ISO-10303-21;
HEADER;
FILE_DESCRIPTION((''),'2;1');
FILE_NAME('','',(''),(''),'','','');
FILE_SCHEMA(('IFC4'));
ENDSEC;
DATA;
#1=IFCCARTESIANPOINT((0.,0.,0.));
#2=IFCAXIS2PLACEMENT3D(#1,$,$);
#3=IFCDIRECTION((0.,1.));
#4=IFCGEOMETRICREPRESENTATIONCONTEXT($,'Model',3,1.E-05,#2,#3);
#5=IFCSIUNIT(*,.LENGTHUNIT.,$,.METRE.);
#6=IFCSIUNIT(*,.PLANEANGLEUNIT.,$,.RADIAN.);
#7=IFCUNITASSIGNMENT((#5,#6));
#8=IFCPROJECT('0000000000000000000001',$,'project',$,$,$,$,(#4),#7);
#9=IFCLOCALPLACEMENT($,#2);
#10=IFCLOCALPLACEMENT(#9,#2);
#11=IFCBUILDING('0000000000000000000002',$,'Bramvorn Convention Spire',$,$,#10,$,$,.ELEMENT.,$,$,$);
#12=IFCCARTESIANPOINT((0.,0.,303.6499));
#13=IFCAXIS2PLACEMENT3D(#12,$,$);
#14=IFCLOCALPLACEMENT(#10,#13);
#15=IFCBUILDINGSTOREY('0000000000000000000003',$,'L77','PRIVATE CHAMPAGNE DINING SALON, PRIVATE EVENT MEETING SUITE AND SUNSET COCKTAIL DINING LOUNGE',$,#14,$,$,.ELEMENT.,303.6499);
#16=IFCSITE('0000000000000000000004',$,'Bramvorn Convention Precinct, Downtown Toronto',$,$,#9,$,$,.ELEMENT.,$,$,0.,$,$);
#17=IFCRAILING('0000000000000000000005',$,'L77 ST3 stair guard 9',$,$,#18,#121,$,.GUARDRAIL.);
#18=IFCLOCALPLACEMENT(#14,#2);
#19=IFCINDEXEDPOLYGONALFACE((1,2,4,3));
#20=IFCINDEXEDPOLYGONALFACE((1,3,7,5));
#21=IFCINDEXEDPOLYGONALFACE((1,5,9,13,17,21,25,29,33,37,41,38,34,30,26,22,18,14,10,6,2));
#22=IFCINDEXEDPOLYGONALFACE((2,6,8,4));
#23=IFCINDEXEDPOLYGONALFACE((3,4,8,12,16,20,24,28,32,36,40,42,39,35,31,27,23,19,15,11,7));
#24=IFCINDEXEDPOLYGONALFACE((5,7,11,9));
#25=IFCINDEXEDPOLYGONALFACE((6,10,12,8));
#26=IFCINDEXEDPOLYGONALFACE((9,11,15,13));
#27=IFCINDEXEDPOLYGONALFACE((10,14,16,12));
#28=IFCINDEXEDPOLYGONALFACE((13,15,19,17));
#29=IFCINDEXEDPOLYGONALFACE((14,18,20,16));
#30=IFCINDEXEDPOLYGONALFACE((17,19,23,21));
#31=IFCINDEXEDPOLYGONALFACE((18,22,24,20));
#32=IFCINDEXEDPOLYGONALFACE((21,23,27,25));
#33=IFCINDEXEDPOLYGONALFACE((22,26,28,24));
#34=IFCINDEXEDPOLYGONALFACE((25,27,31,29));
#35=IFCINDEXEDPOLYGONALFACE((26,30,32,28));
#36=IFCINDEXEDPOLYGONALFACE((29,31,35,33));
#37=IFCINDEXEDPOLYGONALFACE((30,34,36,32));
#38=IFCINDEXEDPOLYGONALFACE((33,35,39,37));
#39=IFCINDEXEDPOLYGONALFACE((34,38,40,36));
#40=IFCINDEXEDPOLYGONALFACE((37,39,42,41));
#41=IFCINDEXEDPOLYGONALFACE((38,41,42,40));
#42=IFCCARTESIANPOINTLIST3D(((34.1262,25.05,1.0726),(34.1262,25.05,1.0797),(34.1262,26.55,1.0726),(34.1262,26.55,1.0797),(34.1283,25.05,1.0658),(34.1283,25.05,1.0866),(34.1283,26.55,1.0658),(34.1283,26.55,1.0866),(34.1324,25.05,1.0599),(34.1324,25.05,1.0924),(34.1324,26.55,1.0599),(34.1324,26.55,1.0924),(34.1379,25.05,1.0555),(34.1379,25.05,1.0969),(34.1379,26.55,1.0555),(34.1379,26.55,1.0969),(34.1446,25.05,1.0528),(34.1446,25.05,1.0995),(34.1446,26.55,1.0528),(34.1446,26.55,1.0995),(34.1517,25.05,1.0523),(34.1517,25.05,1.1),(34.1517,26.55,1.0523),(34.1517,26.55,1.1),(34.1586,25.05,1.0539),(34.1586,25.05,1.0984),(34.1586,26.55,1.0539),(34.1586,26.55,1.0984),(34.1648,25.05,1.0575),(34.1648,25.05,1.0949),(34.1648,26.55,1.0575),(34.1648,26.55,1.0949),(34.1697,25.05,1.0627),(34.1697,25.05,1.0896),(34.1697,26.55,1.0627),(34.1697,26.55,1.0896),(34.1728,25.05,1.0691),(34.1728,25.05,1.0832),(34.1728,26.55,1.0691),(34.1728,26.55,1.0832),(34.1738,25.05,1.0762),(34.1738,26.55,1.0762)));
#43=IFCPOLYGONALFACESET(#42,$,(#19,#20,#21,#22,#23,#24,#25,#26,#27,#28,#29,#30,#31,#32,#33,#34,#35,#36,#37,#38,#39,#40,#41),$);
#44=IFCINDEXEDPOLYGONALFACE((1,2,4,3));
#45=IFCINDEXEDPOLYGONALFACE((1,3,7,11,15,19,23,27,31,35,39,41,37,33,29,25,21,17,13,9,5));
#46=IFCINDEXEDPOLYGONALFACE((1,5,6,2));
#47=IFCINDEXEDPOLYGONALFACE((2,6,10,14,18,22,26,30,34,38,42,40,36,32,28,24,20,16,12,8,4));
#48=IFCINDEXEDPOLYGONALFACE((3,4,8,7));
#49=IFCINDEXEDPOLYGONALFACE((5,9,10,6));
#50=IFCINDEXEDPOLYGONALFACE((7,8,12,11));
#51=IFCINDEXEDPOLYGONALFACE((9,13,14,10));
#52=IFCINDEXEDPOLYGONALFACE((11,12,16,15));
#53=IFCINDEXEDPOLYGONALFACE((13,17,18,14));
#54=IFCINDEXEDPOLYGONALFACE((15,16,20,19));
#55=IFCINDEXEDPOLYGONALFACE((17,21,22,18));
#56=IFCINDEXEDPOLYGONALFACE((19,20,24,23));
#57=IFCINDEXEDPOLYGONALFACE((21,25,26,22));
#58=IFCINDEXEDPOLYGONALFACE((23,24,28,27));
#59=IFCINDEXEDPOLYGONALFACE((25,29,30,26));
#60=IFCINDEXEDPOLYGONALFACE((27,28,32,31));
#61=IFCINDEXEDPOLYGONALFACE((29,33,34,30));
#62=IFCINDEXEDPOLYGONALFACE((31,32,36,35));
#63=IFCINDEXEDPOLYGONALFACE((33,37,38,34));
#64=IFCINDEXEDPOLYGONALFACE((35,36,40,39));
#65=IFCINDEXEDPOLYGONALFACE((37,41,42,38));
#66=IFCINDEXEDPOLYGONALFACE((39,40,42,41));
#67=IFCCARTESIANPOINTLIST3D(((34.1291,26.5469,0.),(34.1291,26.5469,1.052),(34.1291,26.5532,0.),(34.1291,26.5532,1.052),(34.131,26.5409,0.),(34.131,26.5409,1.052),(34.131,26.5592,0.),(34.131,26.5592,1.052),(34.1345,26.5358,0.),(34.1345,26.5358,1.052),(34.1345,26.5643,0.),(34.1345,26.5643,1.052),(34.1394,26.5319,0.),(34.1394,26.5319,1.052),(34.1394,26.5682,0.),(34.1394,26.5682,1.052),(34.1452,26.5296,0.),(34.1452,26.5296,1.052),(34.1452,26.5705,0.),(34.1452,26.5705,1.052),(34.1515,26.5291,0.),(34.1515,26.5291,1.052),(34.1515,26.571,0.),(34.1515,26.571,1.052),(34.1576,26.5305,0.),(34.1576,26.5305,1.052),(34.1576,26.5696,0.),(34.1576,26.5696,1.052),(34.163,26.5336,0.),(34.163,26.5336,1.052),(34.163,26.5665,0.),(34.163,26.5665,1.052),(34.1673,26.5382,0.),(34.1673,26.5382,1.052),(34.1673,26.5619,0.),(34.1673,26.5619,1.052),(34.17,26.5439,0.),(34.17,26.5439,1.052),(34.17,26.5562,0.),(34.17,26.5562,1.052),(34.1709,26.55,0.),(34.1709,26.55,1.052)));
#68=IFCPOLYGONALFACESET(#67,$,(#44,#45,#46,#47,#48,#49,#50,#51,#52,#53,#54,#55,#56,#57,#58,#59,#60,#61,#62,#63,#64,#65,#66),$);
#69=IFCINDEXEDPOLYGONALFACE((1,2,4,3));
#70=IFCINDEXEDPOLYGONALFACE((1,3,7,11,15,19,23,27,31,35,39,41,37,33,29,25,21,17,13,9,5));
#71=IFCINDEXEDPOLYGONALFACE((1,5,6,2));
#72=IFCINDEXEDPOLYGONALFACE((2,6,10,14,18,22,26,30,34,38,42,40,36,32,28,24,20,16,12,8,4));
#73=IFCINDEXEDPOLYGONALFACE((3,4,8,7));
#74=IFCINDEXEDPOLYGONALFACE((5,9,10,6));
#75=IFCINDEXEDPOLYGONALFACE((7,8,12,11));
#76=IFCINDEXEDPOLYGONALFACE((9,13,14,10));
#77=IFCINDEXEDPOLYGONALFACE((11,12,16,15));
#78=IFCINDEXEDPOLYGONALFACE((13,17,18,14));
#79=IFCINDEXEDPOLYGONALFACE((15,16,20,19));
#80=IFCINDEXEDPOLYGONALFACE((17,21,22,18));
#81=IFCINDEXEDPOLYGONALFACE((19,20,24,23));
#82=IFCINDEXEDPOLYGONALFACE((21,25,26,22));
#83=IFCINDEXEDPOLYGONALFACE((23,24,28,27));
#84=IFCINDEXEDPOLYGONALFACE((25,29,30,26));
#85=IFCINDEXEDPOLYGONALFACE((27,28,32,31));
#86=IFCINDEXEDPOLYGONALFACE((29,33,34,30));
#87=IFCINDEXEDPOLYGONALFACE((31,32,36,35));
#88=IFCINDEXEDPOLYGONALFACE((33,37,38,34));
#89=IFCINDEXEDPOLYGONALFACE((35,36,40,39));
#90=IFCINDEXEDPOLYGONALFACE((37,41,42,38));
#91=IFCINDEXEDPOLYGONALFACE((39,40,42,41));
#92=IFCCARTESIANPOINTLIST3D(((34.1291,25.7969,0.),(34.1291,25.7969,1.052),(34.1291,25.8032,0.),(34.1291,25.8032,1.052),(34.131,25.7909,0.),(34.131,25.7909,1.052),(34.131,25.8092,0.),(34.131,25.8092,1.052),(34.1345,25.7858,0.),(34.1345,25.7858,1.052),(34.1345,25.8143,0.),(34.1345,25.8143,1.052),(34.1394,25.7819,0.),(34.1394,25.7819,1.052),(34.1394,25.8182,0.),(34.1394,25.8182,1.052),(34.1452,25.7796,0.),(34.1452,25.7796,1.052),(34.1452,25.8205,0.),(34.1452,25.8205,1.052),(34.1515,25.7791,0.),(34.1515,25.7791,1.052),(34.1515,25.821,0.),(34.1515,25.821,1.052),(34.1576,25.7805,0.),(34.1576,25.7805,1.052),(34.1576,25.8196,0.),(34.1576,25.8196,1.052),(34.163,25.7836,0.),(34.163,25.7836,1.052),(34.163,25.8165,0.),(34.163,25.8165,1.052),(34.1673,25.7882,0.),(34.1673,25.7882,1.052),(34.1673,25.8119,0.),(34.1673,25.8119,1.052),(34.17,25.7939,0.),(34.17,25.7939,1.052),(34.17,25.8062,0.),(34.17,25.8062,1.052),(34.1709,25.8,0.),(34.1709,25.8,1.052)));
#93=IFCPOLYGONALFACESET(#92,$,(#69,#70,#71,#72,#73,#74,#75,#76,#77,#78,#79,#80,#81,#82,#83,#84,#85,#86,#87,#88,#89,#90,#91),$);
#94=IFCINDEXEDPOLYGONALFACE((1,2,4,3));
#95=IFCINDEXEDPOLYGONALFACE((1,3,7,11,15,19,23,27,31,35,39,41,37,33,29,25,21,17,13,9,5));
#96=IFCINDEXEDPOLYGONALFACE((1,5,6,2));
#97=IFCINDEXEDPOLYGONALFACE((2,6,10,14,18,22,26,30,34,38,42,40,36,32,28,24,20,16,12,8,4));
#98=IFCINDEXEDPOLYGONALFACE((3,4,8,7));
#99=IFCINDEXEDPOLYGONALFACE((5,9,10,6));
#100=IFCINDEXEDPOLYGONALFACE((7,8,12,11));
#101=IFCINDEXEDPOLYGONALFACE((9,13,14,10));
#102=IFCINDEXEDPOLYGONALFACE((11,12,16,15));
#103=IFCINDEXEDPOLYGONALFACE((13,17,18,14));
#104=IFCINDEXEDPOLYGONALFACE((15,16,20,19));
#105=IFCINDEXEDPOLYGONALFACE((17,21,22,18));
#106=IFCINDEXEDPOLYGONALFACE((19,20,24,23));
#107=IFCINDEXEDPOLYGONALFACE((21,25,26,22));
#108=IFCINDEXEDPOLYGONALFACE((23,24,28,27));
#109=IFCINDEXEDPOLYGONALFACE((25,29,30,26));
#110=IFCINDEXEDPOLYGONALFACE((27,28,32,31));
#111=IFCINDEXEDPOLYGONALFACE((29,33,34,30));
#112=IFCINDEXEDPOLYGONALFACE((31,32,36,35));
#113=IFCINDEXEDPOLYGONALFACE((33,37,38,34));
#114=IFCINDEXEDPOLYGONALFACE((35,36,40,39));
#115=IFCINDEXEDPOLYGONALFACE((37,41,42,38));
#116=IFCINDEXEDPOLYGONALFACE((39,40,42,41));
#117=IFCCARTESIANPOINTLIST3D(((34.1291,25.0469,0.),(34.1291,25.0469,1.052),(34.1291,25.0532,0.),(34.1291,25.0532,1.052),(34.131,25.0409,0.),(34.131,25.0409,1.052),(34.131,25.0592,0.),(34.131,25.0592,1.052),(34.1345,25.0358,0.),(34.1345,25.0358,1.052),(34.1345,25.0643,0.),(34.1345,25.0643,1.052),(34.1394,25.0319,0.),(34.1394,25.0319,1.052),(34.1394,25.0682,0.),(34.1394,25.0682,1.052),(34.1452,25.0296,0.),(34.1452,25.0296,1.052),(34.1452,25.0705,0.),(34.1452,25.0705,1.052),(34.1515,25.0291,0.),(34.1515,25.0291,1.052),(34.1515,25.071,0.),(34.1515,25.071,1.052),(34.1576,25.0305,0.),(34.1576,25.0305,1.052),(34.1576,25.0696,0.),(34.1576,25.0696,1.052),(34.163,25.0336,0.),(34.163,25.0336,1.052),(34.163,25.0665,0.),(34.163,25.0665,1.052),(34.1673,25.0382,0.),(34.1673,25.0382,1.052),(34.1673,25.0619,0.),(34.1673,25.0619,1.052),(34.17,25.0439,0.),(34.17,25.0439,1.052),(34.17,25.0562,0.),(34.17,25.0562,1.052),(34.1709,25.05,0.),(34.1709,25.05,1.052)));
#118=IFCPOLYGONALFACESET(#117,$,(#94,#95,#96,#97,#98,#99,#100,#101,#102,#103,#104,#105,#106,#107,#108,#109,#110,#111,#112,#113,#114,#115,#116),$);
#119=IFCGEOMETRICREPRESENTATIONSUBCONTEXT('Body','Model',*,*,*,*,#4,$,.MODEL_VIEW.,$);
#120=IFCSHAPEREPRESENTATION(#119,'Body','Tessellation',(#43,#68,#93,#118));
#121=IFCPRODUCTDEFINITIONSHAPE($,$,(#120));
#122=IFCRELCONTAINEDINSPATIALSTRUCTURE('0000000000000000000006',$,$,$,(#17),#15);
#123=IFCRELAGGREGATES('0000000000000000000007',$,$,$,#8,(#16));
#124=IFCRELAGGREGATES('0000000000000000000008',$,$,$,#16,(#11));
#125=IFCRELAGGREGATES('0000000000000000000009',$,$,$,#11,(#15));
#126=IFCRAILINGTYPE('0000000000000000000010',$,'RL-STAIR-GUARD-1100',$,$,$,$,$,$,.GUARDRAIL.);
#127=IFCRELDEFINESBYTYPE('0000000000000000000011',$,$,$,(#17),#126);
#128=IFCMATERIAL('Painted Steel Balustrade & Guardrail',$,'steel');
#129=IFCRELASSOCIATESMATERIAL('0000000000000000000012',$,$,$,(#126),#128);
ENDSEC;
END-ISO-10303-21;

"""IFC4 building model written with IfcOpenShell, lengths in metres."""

from ifc_helpers import new_model, si_unit, direction, frame, origin, origin_2d, place, context, subcontext, project, spatial, circle, extrude, material, type_object, element, save


model = new_model("IFC4")

# Units and contexts
model_context = context("Model", 3, precision=1e-05, world=origin(), true_north=direction((0.0, 1.0)))
body_context = subcontext(model_context, "Body", "Model", "MODEL_VIEW")
ifc_project = project(units=[si_unit("LENGTHUNIT", "METRE"), si_unit("PLANEANGLEUNIT", "RADIAN")], contexts=[model_context])

# Site, building, storey
site_placement = place(None, origin())
site = spatial("IfcSite", under=ifc_project, at=site_placement, Name="Bramvorn Convention Precinct, Downtown Toronto", CompositionType="ELEMENT", RefElevation=0.0)
building_placement = place(site_placement, origin())
building = spatial("IfcBuilding", under=site, at=building_placement, Name="Bramvorn Convention Spire", CompositionType="ELEMENT")
storey_placement = place(building_placement, frame((0.0, 0.0, 303.6499)))
storey = spatial("IfcBuildingStorey", under=building, at=storey_placement, Name="L77", Description="PRIVATE CHAMPAGNE DINING SALON, PRIVATE EVENT MEETING SUITE AND SUNSET COCKTAIL DINING LOUNGE", CompositionType="ELEMENT", Elevation=303.6499)

# Railing
ifc_material_1 = material(Name="Painted Steel Balustrade & Guardrail", Category="steel")
railing_type = type_object("IfcRailingType", Name="RL-STAIR-GUARD-1100", PredefinedType="GUARDRAIL", material=ifc_material_1)
for number, where, name in (
    (1, (34.1499, 26.55, 0.0), "L77 ST3 stair guard 9"),
):
    element("IfcRailing", number, at=place(storey_placement, frame(where)), inside=storey, type_object=railing_type, Name=name, PredefinedType="GUARDRAIL", context=body_context, shape_type="SweptSolid", body=[
        extrude(circle(Radius=0.0239, at=origin_2d()), frame((0.0, 0.0, 1.0762), z_axis=(0.0, -1.0, 0.0), x_axis=(1.0, 0.0, 0.0)), (0.0, 0.0, 1.0), 1.5),
        extrude(circle(Radius=0.021, at=origin_2d()), origin(), (0.0, 0.0, 1.0), 1.052),
        extrude(circle(Radius=0.021, at=origin_2d()), frame((0.0, -0.75, 0.0)), (0.0, 0.0, 1.0), 1.052),
        extrude(circle(Radius=0.021, at=origin_2d()), frame((0.0, -1.5, 0.0)), (0.0, 0.0, 1.0), 1.052),
    ])

save(model, "model.ifc")
